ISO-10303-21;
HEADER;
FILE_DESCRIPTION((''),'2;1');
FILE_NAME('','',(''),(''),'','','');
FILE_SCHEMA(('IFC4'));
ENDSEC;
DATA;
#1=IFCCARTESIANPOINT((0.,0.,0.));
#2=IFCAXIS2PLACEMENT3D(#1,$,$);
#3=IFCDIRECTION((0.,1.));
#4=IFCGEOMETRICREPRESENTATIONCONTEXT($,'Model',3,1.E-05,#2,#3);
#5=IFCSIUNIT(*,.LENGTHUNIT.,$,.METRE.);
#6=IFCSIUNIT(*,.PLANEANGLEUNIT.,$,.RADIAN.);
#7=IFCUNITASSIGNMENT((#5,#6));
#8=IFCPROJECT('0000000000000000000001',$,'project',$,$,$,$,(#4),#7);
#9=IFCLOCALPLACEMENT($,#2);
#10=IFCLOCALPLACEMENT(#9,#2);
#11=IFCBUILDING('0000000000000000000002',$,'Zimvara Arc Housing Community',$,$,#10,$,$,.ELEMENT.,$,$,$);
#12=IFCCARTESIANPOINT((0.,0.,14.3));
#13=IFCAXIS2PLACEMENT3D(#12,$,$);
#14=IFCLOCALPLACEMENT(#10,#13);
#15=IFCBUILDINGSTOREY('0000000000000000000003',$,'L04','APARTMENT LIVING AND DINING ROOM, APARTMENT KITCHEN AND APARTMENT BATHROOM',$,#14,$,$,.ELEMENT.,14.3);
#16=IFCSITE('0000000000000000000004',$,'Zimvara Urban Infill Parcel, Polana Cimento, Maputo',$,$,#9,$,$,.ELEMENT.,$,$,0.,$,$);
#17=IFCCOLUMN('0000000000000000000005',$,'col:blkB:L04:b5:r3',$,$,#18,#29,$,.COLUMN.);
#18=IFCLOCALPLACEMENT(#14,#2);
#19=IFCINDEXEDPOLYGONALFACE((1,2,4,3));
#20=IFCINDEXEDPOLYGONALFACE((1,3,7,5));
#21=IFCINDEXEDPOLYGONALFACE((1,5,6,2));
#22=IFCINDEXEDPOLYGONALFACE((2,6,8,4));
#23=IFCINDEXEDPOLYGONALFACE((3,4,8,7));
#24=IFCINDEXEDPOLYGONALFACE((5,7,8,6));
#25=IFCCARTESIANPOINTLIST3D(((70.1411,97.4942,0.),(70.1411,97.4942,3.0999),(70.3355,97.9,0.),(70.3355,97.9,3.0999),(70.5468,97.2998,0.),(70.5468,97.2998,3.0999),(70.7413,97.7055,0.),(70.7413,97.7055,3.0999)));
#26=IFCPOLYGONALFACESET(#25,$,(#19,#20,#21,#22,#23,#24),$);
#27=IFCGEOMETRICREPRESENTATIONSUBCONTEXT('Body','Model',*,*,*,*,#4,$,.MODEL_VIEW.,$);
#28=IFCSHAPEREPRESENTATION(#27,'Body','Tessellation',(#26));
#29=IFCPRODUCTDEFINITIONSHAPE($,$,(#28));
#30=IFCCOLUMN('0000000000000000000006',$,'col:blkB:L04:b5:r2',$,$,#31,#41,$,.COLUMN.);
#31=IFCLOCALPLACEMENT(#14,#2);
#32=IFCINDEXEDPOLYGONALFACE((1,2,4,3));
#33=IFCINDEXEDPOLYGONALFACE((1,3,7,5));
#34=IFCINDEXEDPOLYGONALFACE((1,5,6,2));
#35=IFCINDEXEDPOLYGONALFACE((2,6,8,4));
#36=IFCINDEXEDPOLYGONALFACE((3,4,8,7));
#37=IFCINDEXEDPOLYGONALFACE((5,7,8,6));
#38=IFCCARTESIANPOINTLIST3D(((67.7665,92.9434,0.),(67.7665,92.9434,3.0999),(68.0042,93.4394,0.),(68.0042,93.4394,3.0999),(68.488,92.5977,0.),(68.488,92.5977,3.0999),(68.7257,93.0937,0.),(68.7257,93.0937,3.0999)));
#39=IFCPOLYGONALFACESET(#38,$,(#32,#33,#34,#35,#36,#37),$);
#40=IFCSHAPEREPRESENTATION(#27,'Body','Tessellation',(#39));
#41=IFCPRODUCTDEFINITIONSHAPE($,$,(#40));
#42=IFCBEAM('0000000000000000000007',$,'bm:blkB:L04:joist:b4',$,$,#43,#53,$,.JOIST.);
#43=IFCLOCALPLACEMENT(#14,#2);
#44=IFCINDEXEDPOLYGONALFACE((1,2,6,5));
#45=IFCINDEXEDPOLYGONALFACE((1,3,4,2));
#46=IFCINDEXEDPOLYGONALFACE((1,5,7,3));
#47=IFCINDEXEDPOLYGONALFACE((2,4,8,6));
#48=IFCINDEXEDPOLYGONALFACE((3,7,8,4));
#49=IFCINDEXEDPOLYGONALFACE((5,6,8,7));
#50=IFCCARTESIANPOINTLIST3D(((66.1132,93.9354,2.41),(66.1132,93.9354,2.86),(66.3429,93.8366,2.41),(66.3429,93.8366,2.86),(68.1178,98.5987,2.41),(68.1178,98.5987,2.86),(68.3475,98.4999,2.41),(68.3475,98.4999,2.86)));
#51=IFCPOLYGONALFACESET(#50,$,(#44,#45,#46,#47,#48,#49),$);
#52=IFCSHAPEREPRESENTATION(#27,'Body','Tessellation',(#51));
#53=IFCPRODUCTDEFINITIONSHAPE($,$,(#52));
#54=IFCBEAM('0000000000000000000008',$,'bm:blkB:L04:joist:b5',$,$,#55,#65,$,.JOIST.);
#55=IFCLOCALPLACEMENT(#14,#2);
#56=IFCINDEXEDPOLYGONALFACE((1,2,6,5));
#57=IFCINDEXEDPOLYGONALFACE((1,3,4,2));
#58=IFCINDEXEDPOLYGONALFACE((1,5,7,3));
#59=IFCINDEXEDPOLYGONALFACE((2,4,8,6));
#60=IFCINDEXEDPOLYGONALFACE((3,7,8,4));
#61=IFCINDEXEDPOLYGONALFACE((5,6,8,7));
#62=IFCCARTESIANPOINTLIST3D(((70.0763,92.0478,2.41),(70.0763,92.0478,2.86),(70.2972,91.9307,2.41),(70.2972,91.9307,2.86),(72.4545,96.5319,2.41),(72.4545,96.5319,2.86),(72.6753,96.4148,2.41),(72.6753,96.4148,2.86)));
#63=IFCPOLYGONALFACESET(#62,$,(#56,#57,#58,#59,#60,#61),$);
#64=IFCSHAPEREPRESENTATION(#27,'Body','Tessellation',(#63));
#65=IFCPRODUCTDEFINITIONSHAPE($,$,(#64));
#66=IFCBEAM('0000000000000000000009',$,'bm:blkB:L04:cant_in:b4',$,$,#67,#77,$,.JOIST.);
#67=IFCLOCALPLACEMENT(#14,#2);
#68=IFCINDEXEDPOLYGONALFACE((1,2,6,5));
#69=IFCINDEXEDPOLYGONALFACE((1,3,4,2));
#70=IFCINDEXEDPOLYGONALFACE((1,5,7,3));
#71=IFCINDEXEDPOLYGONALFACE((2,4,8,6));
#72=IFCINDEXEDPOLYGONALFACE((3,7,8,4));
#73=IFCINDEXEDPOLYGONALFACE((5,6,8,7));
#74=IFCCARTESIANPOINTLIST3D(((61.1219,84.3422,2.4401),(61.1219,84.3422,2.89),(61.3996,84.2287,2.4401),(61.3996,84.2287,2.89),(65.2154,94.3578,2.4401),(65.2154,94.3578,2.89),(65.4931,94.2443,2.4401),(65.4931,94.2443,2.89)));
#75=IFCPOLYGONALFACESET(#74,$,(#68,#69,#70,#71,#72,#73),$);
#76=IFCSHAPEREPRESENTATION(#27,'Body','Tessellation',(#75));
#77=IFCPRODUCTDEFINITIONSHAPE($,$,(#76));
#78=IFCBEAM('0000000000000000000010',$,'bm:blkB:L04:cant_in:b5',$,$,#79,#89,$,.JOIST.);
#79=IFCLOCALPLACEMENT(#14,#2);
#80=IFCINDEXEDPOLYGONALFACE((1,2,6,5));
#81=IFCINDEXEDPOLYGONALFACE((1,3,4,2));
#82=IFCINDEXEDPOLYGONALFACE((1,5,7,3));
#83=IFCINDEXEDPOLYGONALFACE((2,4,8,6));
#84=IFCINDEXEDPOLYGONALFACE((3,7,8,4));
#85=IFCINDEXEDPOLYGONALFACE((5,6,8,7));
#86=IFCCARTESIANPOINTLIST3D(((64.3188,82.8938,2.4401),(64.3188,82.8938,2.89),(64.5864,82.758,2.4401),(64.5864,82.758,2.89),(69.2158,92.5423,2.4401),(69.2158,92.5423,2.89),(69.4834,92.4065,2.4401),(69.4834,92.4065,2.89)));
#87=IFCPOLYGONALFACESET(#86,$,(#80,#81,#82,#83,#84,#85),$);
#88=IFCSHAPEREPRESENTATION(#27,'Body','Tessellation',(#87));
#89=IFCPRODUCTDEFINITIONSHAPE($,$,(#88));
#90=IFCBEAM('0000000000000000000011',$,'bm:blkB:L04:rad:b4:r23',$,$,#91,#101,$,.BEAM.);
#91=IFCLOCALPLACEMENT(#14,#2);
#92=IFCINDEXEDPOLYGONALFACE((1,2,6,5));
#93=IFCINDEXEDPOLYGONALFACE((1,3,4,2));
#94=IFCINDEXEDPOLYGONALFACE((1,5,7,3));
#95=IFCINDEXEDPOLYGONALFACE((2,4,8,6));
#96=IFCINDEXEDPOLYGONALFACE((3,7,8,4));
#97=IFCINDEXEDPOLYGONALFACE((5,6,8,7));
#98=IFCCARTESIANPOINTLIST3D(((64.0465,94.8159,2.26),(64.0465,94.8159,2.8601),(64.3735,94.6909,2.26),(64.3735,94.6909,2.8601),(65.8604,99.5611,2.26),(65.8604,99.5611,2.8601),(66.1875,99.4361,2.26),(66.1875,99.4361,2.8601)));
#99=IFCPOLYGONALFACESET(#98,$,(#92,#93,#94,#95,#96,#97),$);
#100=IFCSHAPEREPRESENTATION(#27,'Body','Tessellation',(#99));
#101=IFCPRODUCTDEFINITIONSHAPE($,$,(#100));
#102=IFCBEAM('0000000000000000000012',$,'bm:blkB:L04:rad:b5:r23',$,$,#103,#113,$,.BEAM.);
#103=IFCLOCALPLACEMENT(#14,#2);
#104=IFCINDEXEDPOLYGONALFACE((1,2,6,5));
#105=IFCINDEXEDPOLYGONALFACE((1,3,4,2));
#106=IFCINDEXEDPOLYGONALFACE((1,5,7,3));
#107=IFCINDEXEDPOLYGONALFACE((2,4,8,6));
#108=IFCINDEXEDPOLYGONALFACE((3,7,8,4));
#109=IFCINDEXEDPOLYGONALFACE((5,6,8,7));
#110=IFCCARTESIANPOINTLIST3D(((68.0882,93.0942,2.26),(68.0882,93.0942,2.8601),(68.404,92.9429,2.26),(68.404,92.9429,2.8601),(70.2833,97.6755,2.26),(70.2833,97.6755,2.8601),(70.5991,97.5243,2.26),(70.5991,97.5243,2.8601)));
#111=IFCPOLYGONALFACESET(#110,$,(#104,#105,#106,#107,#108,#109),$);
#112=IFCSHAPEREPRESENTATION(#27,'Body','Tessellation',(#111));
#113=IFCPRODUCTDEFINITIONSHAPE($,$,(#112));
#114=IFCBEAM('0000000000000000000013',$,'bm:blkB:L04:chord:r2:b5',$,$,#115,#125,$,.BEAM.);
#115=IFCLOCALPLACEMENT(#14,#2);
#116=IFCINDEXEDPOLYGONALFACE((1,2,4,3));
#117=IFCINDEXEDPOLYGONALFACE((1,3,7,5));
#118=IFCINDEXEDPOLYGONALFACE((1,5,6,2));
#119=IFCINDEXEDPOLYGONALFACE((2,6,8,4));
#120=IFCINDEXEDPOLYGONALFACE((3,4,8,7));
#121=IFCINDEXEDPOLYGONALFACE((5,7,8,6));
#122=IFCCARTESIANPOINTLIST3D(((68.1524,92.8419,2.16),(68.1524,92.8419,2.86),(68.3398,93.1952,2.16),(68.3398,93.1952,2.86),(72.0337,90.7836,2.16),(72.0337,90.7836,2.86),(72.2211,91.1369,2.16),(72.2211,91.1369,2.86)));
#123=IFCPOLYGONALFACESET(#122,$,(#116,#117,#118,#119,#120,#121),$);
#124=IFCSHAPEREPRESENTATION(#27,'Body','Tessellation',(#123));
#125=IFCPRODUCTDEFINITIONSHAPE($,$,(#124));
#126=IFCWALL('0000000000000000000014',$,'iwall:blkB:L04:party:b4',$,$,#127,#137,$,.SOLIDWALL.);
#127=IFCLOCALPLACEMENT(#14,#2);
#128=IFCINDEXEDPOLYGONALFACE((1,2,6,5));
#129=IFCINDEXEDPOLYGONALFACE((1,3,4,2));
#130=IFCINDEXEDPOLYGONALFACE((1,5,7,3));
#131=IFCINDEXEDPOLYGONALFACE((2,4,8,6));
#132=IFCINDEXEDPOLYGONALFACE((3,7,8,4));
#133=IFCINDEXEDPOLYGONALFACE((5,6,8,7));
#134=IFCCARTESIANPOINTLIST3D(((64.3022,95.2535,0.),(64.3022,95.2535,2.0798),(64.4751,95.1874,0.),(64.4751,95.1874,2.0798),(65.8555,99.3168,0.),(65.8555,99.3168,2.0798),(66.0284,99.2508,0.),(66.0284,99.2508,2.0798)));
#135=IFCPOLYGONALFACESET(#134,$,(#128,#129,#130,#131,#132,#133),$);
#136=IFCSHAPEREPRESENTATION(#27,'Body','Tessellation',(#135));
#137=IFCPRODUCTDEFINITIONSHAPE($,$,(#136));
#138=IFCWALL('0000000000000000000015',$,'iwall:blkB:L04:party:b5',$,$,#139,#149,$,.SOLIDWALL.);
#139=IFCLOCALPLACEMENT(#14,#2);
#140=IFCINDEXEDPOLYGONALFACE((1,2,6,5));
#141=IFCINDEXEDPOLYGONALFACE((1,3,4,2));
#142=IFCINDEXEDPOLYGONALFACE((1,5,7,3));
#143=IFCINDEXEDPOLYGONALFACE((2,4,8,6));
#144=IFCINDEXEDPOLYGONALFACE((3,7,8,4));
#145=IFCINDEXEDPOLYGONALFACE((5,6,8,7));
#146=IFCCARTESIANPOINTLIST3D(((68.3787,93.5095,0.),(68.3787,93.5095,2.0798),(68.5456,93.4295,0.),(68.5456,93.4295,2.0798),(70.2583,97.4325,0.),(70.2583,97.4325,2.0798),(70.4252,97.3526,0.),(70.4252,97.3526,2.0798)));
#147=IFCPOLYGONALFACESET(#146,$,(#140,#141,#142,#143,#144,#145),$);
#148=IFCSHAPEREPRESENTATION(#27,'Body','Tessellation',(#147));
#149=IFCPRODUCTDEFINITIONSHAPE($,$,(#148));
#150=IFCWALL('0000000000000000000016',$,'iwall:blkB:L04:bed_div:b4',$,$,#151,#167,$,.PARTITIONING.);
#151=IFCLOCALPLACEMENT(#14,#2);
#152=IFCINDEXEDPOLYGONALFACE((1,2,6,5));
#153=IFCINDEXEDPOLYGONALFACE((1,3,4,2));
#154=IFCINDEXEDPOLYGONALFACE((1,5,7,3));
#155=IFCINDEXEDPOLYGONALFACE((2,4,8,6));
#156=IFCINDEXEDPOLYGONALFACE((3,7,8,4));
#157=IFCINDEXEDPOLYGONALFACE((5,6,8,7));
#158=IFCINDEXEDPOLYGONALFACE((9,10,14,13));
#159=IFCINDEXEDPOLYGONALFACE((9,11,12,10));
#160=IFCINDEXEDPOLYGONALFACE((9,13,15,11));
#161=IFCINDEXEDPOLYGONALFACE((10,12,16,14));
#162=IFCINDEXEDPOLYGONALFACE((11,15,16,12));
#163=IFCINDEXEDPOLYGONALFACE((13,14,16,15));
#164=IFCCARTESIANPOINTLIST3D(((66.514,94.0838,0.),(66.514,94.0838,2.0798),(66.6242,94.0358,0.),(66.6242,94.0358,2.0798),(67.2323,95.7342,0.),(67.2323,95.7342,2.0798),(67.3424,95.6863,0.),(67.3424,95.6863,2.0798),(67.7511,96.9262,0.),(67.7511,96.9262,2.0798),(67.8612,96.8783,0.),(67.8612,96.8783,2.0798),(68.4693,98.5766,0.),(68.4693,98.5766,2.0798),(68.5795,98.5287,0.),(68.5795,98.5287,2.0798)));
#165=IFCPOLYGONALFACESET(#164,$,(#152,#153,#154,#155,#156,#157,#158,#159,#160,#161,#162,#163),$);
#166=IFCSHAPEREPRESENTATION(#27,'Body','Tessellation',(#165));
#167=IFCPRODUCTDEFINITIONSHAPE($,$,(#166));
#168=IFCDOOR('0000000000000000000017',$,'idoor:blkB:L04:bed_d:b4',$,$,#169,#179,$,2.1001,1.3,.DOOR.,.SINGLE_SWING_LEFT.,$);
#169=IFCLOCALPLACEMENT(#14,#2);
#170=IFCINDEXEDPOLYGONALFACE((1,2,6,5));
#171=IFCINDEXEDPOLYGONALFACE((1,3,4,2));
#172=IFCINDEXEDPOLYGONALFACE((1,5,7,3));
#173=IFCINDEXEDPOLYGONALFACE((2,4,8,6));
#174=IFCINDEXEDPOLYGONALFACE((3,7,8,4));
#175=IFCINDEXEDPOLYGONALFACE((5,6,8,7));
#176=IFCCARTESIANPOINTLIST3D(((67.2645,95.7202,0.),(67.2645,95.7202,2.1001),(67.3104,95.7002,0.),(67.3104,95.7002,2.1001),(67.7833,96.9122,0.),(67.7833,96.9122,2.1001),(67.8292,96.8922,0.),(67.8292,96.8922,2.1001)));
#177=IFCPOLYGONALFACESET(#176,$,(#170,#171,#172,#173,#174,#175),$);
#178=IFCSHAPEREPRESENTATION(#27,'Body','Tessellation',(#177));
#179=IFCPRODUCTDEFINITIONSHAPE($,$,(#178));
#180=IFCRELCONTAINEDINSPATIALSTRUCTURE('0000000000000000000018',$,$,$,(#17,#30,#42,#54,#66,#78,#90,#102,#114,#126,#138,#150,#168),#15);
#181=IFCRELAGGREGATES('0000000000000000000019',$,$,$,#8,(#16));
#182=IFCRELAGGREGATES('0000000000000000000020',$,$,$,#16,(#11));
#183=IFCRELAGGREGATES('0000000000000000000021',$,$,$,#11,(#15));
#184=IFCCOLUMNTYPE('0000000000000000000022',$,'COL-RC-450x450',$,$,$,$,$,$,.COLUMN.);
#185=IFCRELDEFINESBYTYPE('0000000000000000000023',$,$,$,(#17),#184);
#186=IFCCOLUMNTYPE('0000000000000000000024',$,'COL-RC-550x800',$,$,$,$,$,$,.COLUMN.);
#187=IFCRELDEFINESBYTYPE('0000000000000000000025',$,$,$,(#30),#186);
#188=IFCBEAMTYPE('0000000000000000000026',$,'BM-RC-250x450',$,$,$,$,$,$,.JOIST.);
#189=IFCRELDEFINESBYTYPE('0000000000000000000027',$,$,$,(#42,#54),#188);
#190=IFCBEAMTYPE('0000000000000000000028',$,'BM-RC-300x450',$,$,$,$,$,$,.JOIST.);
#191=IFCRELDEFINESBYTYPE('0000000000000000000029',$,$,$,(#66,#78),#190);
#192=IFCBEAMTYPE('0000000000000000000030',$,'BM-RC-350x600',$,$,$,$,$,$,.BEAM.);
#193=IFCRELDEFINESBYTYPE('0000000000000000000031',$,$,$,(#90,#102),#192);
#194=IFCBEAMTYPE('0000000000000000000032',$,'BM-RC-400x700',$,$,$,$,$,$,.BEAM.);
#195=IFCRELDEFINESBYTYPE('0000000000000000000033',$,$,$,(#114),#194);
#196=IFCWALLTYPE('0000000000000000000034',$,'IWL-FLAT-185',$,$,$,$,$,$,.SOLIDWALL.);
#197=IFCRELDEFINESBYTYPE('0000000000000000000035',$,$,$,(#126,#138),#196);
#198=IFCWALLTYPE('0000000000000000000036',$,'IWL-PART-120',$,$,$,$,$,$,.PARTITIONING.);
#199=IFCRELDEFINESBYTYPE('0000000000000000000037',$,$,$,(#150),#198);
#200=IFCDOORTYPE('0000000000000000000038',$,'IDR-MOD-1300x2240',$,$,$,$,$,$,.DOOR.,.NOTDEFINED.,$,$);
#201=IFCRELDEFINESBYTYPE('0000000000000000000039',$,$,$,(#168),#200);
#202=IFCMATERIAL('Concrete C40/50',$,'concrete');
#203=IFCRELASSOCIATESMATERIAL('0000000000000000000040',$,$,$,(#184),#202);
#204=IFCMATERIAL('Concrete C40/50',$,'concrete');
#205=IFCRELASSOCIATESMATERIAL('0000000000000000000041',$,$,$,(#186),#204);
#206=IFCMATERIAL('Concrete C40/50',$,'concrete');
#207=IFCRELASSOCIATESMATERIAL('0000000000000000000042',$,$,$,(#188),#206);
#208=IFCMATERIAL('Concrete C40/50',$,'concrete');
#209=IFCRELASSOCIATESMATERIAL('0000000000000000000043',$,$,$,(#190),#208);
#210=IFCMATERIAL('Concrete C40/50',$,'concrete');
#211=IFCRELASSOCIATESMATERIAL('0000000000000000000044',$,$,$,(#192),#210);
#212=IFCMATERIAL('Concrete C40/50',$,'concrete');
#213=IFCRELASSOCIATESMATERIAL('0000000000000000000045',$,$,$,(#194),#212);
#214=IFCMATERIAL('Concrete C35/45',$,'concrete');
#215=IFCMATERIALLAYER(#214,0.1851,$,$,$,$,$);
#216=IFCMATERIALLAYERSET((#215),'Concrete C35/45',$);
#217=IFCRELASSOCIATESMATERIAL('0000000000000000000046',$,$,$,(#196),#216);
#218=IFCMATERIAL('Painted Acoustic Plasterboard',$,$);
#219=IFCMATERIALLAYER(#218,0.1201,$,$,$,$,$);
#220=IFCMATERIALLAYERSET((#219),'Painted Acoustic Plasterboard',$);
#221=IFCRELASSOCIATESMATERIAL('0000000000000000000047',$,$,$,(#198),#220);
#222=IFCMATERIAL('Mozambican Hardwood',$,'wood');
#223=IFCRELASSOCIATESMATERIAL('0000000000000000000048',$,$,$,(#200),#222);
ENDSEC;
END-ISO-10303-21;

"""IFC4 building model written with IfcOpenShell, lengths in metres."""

from ifc_helpers import new_model, si_unit, direction, frame, frame_2d, origin, origin_2d, place, context, subcontext, project, spatial, rectangle, extrude, material, layer, layer_set, material_profile, profile_set, type_object, element, fill, save


model = new_model("IFC4")

# Units and contexts
model_context = context("Model", 3, precision=1e-05, world=origin(), true_north=direction((0.0, 1.0)))
body_context = subcontext(model_context, "Body", "Model", "MODEL_VIEW")
ifc_project = project(units=[si_unit("LENGTHUNIT", "METRE"), si_unit("PLANEANGLEUNIT", "RADIAN")], contexts=[model_context])

# Site, building, storey
site_placement = place(None, origin())
site = spatial("IfcSite", under=ifc_project, at=site_placement, Name="Zimvara Urban Infill Parcel, Polana Cimento, Maputo", CompositionType="ELEMENT", RefElevation=0.0)
building_placement = place(site_placement, origin())
building = spatial("IfcBuilding", under=site, at=building_placement, Name="Zimvara Arc Housing Community", CompositionType="ELEMENT")
storey_placement = place(building_placement, frame((0.0, 0.0, 14.3)))
storey = spatial("IfcBuildingStorey", under=building, at=storey_placement, Name="L04", Description="APARTMENT LIVING AND DINING ROOM, APARTMENT KITCHEN AND APARTMENT BATHROOM", CompositionType="ELEMENT", Elevation=14.3)

# Columns
ifc_material_1 = material(Name="Concrete C40/50", Category="concrete")
ifc_material_profile_1 = material_profile(ifc_material_1, rectangle(XDim=0.45, YDim=0.45, at=origin_2d()), Name="RC 450x450")
ifc_profile_set_1 = profile_set([ifc_material_profile_1], Name="Concrete C40/50")
column_type_1 = type_object("IfcColumnType", Name="COL-RC-450x450", PredefinedType="COLUMN", material=ifc_profile_set_1)
column_1_placement = place(storey_placement, frame((70.4412, 97.5999, 0.0), z_axis=(0.0, 0.0, 1.0), x_axis=(0.432086, 0.901833, 0.0)))
element("IfcColumn", 1, at=column_1_placement, inside=storey, type_object=column_type_1, Name="col:blkB:L04:b5:r3", PredefinedType="COLUMN", context=body_context, shape_type="SweptSolid", body=[
    extrude(rectangle(XDim=0.45, YDim=0.45, at=origin_2d()), origin(), (0.0, 0.0, 1.0), 3.0999),
])
ifc_material_2 = material(Name="Concrete C40/50", Category="concrete")
ifc_material_profile_2 = material_profile(ifc_material_2, rectangle(XDim=0.55, YDim=0.8, at=origin_2d()), Name="RC 550x800")
ifc_profile_set_2 = profile_set([ifc_material_profile_2], Name="Concrete C40/50")
column_type_2 = type_object("IfcColumnType", Name="COL-RC-550x800", PredefinedType="COLUMN", material=ifc_profile_set_2)
column_2_placement = place(storey_placement, frame((68.2461, 93.0186, 0.0), z_axis=(0.0, 0.0, 1.0), x_axis=(0.432086, 0.901833, 0.0)))
element("IfcColumn", 2, at=column_2_placement, inside=storey, type_object=column_type_2, Name="col:blkB:L04:b5:r2", PredefinedType="COLUMN", context=body_context, shape_type="SweptSolid", body=[
    extrude(rectangle(XDim=0.55, YDim=0.8, at=origin_2d()), origin(), (0.0, 0.0, 1.0), 3.0999),
])

# Beams
ifc_material_3 = material(Name="Concrete C40/50", Category="concrete")
ifc_material_profile_3 = material_profile(ifc_material_3, rectangle(XDim=0.25, YDim=0.45, at=origin_2d()), Name="RC 250x450")
ifc_profile_set_3 = profile_set([ifc_material_profile_3], Name="Concrete C40/50")
beam_type_1 = type_object("IfcBeamType", Name="BM-RC-250x450", PredefinedType="JOIST", material=ifc_profile_set_3)
beam_1_placement = place(storey_placement, frame((66.228, 93.886, 2.635), z_axis=(0.394929, 0.918712, 0.0), x_axis=(-0.918712, 0.394929, 0.0)))
element("IfcBeam", 3, at=beam_1_placement, inside=storey, type_object=beam_type_1, Name="bm:blkB:L04:joist:b4", PredefinedType="JOIST", context=body_context, shape_type="SweptSolid", body=[
    extrude(rectangle(XDim=0.25, YDim=0.45, at=origin_2d()), origin(), (0.0, 0.0, 1.0), 5.0759),
])
beam_2_placement = place(storey_placement, frame((70.1868, 91.9893, 2.635), z_axis=(0.468537, 0.883444, 0.0), x_axis=(-0.883444, 0.468537, 0.0)))
element("IfcBeam", 4, at=beam_2_placement, inside=storey, type_object=beam_type_1, Name="bm:blkB:L04:joist:b5", PredefinedType="JOIST", context=body_context, shape_type="SweptSolid", body=[
    extrude(rectangle(XDim=0.25, YDim=0.45, at=origin_2d()), origin(), (0.0, 0.0, 1.0), 5.0757),
])
ifc_material_4 = material(Name="Concrete C40/50", Category="concrete")
ifc_material_profile_4 = material_profile(ifc_material_4, rectangle(XDim=0.3, YDim=0.45, at=origin_2d()), Name="RC 300x450")
ifc_profile_set_4 = profile_set([ifc_material_profile_4], Name="Concrete C40/50")
beam_type_2 = type_object("IfcBeamType", Name="BM-RC-300x450", PredefinedType="JOIST", material=ifc_profile_set_4)
beam_3_placement = place(storey_placement, frame((65.3542, 94.301, 2.665), z_axis=(-0.378332, -0.92567, 0.0), x_axis=(0.92567, -0.378332, 0.0)))
element("IfcBeam", 5, at=beam_3_placement, inside=storey, type_object=beam_type_2, Name="bm:blkB:L04:cant_in:b4", PredefinedType="JOIST", context=body_context, shape_type="SweptSolid", body=[
    extrude(rectangle(XDim=0.3, YDim=0.45, at=origin_2d()), origin(), (0.0, 0.0, 1.0), 10.8198),
])
beam_4_placement = place(storey_placement, frame((69.3496, 92.4744, 2.665), z_axis=(-0.452585, -0.891721, 0.0), x_axis=(0.891721, -0.452585, 0.0)))
element("IfcBeam", 6, at=beam_4_placement, inside=storey, type_object=beam_type_2, Name="bm:blkB:L04:cant_in:b5", PredefinedType="JOIST", context=body_context, shape_type="SweptSolid", body=[
    extrude(rectangle(XDim=0.3, YDim=0.45, at=origin_2d()), origin(), (0.0, 0.0, 1.0), 10.8201),
])
ifc_material_5 = material(Name="Concrete C40/50", Category="concrete")
ifc_material_profile_5 = material_profile(ifc_material_5, rectangle(XDim=0.3501, YDim=0.6001, at=origin_2d()), Name="RC 350x600")
ifc_profile_set_5 = profile_set([ifc_material_profile_5], Name="Concrete C40/50")
beam_type_3 = type_object("IfcBeamType", Name="BM-RC-350x600", PredefinedType="BEAM", material=ifc_profile_set_5)
for number, where, z_axis, x_axis, name in (
    (7, (64.21, 94.7534, 2.5601), (0.357078, 0.934074, 0.0), (-0.934074, 0.357078, 0.0), "bm:blkB:L04:rad:b4:r23"),
    (8, (68.2461, 93.0186, 2.5601), (0.432098, 0.901827, 0.0), (-0.901827, 0.432098, 0.0), "bm:blkB:L04:rad:b5:r23"),
):
    element("IfcBeam", number, at=place(storey_placement, frame(where, z_axis=z_axis, x_axis=x_axis)), inside=storey, type_object=beam_type_3, Name=name, PredefinedType="BEAM", context=body_context, shape_type="SweptSolid", body=[
        extrude(rectangle(XDim=0.3501, YDim=0.6001, at=origin_2d()), origin(), (0.0, 0.0, 1.0), 5.0801),
    ])
ifc_material_6 = material(Name="Concrete C40/50", Category="concrete")
ifc_material_profile_6 = material_profile(ifc_material_6, rectangle(XDim=0.3999, YDim=0.7, at=origin_2d()), Name="RC 400x700")
ifc_profile_set_6 = profile_set([ifc_material_profile_6], Name="Concrete C40/50")
beam_type_4 = type_object("IfcBeamType", Name="BM-RC-400x700", PredefinedType="BEAM", material=ifc_profile_set_6)
beam_5_placement = place(storey_placement, frame((68.2461, 93.0186, 2.51), z_axis=(0.883457, -0.468513, 0.0), x_axis=(0.468513, 0.883457, 0.0)))
element("IfcBeam", 9, at=beam_5_placement, inside=storey, type_object=beam_type_4, Name="bm:blkB:L04:chord:r2:b5", PredefinedType="BEAM", context=body_context, shape_type="SweptSolid", body=[
    extrude(rectangle(XDim=0.3999, YDim=0.7, at=origin_2d()), origin(), (0.0, 0.0, 1.0), 4.3933),
])

# Walls
ifc_material_7 = material(Name="Concrete C35/45", Category="concrete")
ifc_layer_1 = layer(ifc_material_7, 0.1851)
ifc_layer_set_1 = layer_set([ifc_layer_1], Name="Concrete C35/45")
wall_type_1 = type_object("IfcWallType", Name="IWL-FLAT-185", PredefinedType="SOLIDWALL", material=ifc_layer_set_1)
for number, where, z_axis, x_axis, name in (
    (10, (64.3887, 95.2205, 0.0), (0.0, 0.0, 1.0), (0.357064, 0.93408, 0.0), "iwall:blkB:L04:party:b4"),
    (11, (68.4622, 93.4695, 0.0), (0.0, 0.0, 1.0), (0.432087, 0.901832, 0.0), "iwall:blkB:L04:party:b5"),
):
    element("IfcWall", number, at=place(storey_placement, frame(where, z_axis=z_axis, x_axis=x_axis)), inside=storey, type_object=wall_type_1, Name=name, PredefinedType="SOLIDWALL", context=body_context, shape_type="SweptSolid", body=[
        extrude(rectangle(XDim=4.3501, YDim=0.1851, at=frame_2d((2.175, 0.0))), origin(), (0.0, 0.0, 1.0), 2.0798),
    ])

# Wall, opening, door
ifc_material_8 = material(Name="Painted Acoustic Plasterboard")
ifc_layer_2 = layer(ifc_material_8, 0.1201)
ifc_layer_set_2 = layer_set([ifc_layer_2], Name="Painted Acoustic Plasterboard")
wall_type_2 = type_object("IfcWallType", Name="IWL-PART-120", PredefinedType="PARTITIONING", material=ifc_layer_set_2)
wall_1_placement = place(storey_placement, frame((66.5691, 94.0598, 0.0), z_axis=(0.0, 0.0, 1.0), x_axis=(0.399049, 0.91693, 0.0)))
wall_1 = element("IfcWall", 12, at=wall_1_placement, inside=storey, type_object=wall_type_2, Name="iwall:blkB:L04:bed_div:b4", PredefinedType="PARTITIONING", context=body_context, shape_type="SweptSolid", body=[
    extrude(rectangle(XDim=4.8999, YDim=0.1201, at=frame_2d((2.45, 0.0))), origin(), (0.0, 0.0, 1.0), 2.0798),
])
opening_1_placement = place(wall_1_placement, frame((1.8, 0.0, 0.0)))
opening_1 = element("IfcOpeningElement", 13, at=opening_1_placement, cuts=wall_1, PredefinedType="OPENING", context=body_context, shape_type="SweptSolid", body=[
    extrude(rectangle(XDim=1.3, YDim=2.1001, at=frame_2d((0.6499, 1.05))), frame((0.0, 0.0701, 0.0), z_axis=(0.0, -1.0, 0.0), x_axis=(1.0, 0.0, 0.0)), (0.0, 0.0, 1.0), 0.1401),
])
ifc_material_9 = material(Name="Mozambican Hardwood", Category="wood")
door_type_1 = type_object("IfcDoorType", Name="IDR-MOD-1300x2240", OperationType="NOTDEFINED", PredefinedType="DOOR", material=ifc_material_9)
door_1_placement = place(opening_1_placement, origin())
door_1 = element("IfcDoor", 14, at=door_1_placement, inside=storey, type_object=door_type_1, Name="idoor:blkB:L04:bed_d:b4", OperationType="SINGLE_SWING_LEFT", OverallHeight=2.1001, OverallWidth=1.3, PredefinedType="DOOR", context=body_context, shape_type="SweptSolid", body=[
    extrude(rectangle(XDim=1.3, YDim=2.1001, at=frame_2d((0.6499, 1.05))), frame((0.0, 0.0249, 0.0), z_axis=(0.0, -1.0, 0.0), x_axis=(1.0, 0.0, 0.0)), (0.0, 0.0, 1.0), 0.05),
])
fill(opening_1, door_1)

save(model, "model.ifc")
